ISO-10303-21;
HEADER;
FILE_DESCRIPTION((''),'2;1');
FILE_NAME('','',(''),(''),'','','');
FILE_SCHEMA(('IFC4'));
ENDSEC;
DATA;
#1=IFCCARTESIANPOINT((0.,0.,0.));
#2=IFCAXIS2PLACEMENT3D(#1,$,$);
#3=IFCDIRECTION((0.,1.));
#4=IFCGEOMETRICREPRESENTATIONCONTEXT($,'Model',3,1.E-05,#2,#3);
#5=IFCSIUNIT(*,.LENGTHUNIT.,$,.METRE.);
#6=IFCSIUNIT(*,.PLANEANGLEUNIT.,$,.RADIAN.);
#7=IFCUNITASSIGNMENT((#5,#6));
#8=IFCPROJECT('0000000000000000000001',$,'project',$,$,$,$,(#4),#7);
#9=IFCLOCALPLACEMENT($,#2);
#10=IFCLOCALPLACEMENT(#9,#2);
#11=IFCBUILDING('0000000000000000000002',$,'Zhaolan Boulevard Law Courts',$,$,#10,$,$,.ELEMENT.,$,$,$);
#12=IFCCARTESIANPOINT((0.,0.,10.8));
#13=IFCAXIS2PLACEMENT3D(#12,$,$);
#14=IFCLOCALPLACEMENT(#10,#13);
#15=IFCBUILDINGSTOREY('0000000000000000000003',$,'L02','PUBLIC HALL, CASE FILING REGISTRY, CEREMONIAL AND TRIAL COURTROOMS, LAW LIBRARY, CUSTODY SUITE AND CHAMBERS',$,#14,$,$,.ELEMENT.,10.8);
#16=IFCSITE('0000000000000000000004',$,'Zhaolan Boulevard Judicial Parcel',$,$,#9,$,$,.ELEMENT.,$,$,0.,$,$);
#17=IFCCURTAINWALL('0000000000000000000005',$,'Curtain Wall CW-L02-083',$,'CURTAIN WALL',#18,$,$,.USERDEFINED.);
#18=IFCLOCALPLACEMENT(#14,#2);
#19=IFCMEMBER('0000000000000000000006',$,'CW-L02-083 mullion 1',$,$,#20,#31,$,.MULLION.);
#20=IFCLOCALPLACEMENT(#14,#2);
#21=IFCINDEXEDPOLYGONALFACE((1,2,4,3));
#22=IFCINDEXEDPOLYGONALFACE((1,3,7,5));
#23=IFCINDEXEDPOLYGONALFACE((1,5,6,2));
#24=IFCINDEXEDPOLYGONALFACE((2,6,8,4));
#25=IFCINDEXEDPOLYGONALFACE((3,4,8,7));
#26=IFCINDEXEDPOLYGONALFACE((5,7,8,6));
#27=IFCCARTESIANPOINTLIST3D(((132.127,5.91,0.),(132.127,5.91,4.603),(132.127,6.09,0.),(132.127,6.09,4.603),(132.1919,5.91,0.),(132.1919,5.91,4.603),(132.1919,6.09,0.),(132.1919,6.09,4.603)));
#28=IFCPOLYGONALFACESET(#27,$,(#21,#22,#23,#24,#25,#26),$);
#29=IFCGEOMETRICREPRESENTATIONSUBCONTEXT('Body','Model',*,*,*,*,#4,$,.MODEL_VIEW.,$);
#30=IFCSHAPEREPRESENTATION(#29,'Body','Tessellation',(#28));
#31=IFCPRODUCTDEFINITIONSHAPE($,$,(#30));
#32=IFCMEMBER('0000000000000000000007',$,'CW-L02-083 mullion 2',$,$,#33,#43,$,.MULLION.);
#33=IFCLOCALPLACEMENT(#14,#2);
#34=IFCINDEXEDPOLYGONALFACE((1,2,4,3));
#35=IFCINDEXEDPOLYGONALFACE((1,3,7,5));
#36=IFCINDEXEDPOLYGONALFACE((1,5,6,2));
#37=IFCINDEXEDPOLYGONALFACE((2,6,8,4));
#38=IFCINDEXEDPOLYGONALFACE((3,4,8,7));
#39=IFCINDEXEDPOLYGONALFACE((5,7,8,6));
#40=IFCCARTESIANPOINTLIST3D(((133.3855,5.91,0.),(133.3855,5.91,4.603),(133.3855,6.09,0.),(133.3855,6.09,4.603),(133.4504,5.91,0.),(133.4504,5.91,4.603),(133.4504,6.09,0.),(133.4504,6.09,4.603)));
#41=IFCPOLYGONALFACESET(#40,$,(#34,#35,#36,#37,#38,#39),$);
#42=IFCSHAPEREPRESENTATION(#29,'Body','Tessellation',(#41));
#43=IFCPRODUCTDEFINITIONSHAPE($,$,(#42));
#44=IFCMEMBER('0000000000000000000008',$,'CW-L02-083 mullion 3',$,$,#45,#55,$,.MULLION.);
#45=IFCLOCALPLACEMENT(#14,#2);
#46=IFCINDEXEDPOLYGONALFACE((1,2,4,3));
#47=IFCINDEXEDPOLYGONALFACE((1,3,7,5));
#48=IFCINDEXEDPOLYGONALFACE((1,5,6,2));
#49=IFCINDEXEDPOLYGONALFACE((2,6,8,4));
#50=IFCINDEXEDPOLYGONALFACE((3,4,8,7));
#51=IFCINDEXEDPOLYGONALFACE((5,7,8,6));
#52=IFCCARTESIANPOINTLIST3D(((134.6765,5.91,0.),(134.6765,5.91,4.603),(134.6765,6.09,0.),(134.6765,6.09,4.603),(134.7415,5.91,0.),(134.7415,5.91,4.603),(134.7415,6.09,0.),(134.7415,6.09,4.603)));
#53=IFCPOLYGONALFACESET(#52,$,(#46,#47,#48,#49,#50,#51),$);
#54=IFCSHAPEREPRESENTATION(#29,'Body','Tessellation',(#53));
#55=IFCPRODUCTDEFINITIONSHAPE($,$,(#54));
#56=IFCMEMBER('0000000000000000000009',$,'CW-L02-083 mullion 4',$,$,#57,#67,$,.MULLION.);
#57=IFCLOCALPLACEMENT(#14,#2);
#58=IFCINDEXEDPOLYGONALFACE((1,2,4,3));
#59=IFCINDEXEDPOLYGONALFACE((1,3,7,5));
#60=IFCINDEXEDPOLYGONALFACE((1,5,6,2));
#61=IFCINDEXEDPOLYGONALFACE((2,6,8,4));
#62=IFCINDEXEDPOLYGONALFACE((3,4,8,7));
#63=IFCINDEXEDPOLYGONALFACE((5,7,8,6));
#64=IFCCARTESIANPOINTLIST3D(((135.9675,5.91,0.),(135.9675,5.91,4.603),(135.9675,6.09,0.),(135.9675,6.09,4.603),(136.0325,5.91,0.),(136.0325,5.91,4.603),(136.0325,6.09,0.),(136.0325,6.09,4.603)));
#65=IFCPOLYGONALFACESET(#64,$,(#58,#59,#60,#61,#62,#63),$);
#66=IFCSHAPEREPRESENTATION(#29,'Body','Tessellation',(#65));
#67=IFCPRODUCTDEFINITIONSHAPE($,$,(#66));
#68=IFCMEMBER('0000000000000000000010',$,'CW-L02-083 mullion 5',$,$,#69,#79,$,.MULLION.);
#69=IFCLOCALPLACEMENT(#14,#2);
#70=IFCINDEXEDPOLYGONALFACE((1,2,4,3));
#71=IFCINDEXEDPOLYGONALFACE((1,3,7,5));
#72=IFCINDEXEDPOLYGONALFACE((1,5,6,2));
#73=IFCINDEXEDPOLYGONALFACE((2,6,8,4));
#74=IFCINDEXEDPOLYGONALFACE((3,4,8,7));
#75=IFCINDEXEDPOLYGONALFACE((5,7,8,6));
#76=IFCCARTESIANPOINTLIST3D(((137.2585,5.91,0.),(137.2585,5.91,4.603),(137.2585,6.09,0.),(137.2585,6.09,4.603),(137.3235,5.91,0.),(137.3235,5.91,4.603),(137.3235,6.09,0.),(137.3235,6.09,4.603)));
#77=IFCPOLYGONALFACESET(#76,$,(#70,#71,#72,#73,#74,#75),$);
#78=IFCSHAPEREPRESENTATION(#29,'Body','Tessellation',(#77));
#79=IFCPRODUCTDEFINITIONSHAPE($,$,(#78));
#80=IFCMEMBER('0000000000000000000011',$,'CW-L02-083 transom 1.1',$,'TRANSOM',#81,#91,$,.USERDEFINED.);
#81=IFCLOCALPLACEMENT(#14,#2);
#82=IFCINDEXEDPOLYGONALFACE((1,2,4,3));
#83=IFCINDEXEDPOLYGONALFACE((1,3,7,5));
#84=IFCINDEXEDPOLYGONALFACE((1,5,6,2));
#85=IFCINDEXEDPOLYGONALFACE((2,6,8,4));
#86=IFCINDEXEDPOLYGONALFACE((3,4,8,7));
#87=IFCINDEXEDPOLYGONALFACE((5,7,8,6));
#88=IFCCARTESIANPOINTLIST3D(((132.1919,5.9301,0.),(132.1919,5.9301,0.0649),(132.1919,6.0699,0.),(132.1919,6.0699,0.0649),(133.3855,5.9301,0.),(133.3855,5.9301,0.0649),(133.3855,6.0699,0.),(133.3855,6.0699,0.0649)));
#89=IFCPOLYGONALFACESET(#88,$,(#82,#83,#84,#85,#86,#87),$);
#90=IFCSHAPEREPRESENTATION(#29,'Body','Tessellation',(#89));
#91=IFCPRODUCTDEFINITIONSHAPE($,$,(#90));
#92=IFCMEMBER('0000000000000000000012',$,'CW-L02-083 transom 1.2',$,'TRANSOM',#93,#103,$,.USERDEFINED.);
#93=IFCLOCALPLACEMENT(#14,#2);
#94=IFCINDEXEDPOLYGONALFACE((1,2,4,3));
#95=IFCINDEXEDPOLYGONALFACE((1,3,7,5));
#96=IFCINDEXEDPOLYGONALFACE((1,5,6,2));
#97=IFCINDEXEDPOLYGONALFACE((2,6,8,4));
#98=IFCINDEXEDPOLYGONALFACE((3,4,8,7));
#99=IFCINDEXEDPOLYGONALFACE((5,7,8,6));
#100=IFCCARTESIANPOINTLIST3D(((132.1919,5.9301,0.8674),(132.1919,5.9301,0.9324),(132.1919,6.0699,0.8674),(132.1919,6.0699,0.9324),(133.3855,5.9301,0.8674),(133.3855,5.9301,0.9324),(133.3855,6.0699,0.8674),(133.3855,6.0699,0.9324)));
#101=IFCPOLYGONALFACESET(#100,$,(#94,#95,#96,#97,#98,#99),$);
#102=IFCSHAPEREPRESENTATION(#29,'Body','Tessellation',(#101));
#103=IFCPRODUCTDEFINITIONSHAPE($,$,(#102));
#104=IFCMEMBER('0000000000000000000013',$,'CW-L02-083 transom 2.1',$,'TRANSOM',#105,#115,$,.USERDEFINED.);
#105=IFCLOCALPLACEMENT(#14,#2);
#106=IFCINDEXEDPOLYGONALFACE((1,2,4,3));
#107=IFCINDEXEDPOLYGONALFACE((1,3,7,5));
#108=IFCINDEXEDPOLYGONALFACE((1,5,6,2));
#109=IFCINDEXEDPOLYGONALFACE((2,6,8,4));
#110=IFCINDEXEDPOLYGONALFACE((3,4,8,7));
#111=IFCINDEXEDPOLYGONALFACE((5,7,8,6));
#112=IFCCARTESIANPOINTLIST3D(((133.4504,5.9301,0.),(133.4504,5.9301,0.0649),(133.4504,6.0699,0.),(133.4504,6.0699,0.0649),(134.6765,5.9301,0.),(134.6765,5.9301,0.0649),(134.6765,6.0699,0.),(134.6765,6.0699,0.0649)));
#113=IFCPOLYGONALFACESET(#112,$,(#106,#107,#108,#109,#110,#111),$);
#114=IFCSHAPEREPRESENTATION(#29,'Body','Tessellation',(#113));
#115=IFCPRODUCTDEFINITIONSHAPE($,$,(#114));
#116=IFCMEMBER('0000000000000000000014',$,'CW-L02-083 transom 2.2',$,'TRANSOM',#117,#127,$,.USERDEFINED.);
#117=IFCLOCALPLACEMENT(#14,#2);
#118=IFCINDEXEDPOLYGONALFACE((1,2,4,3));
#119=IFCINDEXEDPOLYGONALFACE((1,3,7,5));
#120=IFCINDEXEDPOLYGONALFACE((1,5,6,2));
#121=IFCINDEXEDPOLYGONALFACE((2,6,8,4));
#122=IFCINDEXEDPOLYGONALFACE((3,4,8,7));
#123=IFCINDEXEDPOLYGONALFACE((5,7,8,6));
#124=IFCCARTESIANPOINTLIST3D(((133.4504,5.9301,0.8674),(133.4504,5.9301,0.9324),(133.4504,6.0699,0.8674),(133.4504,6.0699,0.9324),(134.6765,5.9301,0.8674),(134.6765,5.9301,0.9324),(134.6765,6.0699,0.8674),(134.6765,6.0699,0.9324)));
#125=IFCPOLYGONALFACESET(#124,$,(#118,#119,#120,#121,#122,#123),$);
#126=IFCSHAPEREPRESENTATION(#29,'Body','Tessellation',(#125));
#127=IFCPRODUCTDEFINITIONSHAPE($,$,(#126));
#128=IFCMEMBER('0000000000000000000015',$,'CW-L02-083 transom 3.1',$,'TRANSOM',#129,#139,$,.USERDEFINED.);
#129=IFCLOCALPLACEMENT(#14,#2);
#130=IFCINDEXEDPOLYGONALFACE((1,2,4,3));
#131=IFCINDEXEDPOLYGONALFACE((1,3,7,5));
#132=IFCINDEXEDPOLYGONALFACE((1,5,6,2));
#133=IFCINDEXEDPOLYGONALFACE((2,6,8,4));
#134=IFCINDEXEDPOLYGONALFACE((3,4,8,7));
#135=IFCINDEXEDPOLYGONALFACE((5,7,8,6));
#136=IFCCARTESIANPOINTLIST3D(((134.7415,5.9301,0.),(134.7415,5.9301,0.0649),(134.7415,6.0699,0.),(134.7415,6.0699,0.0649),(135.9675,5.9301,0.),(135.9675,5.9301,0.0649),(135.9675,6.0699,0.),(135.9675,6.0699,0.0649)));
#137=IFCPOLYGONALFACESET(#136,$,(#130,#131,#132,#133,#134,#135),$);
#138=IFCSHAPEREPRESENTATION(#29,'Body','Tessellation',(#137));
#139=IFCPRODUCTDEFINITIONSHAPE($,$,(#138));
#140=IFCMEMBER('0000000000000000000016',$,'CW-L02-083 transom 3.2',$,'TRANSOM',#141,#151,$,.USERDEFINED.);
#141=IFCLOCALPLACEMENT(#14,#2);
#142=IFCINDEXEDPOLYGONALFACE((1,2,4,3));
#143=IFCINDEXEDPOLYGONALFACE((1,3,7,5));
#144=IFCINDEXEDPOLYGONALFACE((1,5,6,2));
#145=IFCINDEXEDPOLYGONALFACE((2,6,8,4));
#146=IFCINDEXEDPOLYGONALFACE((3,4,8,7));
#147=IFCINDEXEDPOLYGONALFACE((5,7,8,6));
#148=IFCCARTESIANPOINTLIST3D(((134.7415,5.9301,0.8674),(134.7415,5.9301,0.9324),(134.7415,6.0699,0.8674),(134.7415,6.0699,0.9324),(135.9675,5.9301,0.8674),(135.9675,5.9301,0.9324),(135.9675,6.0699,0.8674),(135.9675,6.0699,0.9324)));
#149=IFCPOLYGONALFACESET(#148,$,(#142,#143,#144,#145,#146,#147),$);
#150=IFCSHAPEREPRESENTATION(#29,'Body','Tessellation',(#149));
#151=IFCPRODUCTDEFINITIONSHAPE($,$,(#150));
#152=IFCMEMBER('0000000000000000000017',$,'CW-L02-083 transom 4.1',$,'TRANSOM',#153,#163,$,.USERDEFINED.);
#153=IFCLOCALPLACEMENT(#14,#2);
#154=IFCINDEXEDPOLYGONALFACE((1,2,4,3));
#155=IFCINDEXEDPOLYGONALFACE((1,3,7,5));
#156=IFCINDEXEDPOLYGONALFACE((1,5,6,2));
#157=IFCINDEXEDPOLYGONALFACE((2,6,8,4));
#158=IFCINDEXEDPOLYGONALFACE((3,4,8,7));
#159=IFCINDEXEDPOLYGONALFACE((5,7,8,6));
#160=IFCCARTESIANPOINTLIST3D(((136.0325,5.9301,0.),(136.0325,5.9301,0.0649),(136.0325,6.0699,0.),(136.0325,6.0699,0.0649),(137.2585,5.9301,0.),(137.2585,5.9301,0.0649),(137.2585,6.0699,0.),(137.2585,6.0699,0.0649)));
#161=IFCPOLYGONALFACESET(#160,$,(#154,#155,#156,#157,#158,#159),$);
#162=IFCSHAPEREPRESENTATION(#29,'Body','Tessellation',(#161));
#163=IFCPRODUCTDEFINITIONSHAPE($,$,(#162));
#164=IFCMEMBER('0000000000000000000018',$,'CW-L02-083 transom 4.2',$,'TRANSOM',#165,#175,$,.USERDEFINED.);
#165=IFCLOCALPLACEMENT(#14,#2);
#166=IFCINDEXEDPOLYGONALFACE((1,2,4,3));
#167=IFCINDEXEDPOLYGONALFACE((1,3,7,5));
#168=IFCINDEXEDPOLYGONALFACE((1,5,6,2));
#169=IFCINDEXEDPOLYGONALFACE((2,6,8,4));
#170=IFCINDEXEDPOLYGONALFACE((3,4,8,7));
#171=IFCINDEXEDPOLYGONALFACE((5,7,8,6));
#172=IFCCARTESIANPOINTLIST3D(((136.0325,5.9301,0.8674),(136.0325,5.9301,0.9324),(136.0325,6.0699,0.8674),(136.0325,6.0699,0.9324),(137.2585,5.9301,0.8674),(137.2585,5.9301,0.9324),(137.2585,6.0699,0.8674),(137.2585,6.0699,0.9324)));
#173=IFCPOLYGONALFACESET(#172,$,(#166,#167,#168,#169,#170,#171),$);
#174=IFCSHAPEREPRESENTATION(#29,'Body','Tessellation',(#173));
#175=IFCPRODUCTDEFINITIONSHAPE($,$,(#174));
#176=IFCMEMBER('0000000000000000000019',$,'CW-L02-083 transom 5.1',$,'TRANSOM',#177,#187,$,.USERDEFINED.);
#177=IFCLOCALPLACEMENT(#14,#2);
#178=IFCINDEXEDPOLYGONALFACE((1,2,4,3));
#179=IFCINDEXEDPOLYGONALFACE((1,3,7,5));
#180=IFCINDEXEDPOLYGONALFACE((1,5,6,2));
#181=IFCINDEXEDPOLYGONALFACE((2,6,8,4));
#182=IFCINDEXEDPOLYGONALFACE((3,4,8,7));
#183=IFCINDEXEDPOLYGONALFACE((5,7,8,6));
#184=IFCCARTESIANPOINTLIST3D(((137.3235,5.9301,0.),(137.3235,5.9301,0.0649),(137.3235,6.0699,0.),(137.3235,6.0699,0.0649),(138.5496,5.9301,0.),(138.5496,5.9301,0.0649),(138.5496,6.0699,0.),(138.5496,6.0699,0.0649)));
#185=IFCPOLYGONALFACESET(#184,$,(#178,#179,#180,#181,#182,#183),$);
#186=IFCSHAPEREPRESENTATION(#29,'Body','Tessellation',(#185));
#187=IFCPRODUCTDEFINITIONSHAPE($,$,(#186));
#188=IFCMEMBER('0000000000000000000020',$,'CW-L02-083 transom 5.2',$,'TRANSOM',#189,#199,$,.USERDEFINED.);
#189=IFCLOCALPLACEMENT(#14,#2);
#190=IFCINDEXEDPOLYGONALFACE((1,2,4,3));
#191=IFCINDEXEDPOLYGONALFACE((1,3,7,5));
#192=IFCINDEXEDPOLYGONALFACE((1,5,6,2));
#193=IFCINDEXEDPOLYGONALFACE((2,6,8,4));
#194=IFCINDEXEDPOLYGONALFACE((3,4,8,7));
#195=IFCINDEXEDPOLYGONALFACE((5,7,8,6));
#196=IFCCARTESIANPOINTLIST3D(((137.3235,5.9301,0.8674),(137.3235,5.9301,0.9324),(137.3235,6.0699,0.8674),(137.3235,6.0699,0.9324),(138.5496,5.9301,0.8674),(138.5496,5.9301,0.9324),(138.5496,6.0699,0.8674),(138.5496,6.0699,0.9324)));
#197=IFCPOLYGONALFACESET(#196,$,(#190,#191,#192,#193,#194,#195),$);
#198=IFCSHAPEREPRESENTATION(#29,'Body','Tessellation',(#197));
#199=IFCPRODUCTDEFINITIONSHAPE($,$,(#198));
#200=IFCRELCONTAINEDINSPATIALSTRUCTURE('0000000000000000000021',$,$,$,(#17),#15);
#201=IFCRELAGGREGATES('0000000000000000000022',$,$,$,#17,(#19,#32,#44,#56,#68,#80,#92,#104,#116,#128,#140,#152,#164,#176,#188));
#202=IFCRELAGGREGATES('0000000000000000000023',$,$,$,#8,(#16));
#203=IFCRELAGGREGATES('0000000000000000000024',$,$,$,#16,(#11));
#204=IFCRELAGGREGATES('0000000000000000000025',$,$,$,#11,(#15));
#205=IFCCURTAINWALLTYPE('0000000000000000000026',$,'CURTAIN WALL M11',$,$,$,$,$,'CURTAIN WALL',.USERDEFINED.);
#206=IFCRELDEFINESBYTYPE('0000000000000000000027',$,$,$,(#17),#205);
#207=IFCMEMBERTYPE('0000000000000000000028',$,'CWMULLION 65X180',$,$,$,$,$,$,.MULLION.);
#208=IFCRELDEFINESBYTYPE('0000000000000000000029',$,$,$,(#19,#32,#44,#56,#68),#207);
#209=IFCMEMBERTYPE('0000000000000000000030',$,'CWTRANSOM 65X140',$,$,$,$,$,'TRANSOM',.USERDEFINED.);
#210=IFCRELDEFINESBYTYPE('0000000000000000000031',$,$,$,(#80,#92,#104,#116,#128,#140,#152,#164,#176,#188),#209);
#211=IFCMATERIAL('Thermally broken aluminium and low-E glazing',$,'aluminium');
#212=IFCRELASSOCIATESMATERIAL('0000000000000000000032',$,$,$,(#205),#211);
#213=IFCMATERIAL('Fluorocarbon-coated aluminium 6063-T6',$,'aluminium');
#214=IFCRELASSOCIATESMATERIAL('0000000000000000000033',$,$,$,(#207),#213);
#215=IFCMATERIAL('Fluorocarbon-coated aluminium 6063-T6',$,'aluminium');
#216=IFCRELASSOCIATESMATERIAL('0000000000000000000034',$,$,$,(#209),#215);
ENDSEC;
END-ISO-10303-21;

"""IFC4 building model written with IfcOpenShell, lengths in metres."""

from ifc_helpers import new_model, si_unit, direction, frame, origin, origin_2d, place, context, subcontext, project, spatial, rectangle, extrude, material, material_profile, profile_set, type_object, element, aggregate, save


model = new_model("IFC4")

# Units and contexts
model_context = context("Model", 3, precision=1e-05, world=origin(), true_north=direction((0.0, 1.0)))
body_context = subcontext(model_context, "Body", "Model", "MODEL_VIEW")
ifc_project = project(units=[si_unit("LENGTHUNIT", "METRE"), si_unit("PLANEANGLEUNIT", "RADIAN")], contexts=[model_context])

# Site, building, storey
site_placement = place(None, origin())
site = spatial("IfcSite", under=ifc_project, at=site_placement, Name="Zhaolan Boulevard Judicial Parcel", CompositionType="ELEMENT", RefElevation=0.0)
building_placement = place(site_placement, origin())
building = spatial("IfcBuilding", under=site, at=building_placement, Name="Zhaolan Boulevard Law Courts", CompositionType="ELEMENT")
storey_placement = place(building_placement, frame((0.0, 0.0, 10.8)))
storey = spatial("IfcBuildingStorey", under=building, at=storey_placement, Name="L02", Description="PUBLIC HALL, CASE FILING REGISTRY, CEREMONIAL AND TRIAL COURTROOMS, LAW LIBRARY, CUSTODY SUITE AND CHAMBERS", CompositionType="ELEMENT", Elevation=10.8)

# Curtain wall, members
ifc_material_1 = material(Name="Thermally broken aluminium and low-E glazing", Category="aluminium")
curtain_wall_type = type_object("IfcCurtainWallType", Name="CURTAIN WALL M11", ElementType="CURTAIN WALL", PredefinedType="USERDEFINED", material=ifc_material_1)
curtain_wall_placement = place(storey_placement, origin())
curtain_wall = element("IfcCurtainWall", 1, at=curtain_wall_placement, inside=storey, type_object=curtain_wall_type, Name="Curtain Wall CW-L02-083", ObjectType="CURTAIN WALL", PredefinedType="USERDEFINED")
ifc_material_2 = material(Name="Fluorocarbon-coated aluminium 6063-T6", Category="aluminium")
ifc_material_profile_1 = material_profile(ifc_material_2, rectangle(XDim=0.1799, YDim=0.0649, at=origin_2d()), Name="AL65x180")
ifc_profile_set_1 = profile_set([ifc_material_profile_1], Name="Fluorocarbon-coated aluminium 6063-T6")
member_type_1 = type_object("IfcMemberType", Name="CWMULLION 65X180", PredefinedType="MULLION", material=ifc_profile_set_1)
member_1_placement = place(storey_placement, frame((132.1594, 6.0, 0.0), z_axis=(0.0, 0.0, 1.0), x_axis=(0.0, 1.0, 0.0)))
member_1 = element("IfcMember", 2, at=member_1_placement, type_object=member_type_1, Name="CW-L02-083 mullion 1", PredefinedType="MULLION", context=body_context, shape_type="SweptSolid", body=[
    extrude(rectangle(XDim=0.1799, YDim=0.0649, at=origin_2d()), origin(), (0.0, 0.0, 1.0), 4.603),
])
member_2_placement = place(storey_placement, frame((133.418, 6.0, 0.0), z_axis=(0.0, 0.0, 1.0), x_axis=(0.0, 1.0, 0.0)))
member_2 = element("IfcMember", 3, at=member_2_placement, type_object=member_type_1, Name="CW-L02-083 mullion 2", PredefinedType="MULLION", context=body_context, shape_type="SweptSolid", body=[
    extrude(rectangle(XDim=0.1799, YDim=0.0649, at=origin_2d()), origin(), (0.0, 0.0, 1.0), 4.603),
])
member_3_placement = place(storey_placement, frame((134.709, 6.0, 0.0), z_axis=(0.0, 0.0, 1.0), x_axis=(0.0, 1.0, 0.0)))
member_3 = element("IfcMember", 4, at=member_3_placement, type_object=member_type_1, Name="CW-L02-083 mullion 3", PredefinedType="MULLION", context=body_context, shape_type="SweptSolid", body=[
    extrude(rectangle(XDim=0.1799, YDim=0.0649, at=origin_2d()), origin(), (0.0, 0.0, 1.0), 4.603),
])
member_4_placement = place(storey_placement, frame((136.0, 6.0, 0.0), z_axis=(0.0, 0.0, 1.0), x_axis=(0.0, 1.0, 0.0)))
member_4 = element("IfcMember", 5, at=member_4_placement, type_object=member_type_1, Name="CW-L02-083 mullion 4", PredefinedType="MULLION", context=body_context, shape_type="SweptSolid", body=[
    extrude(rectangle(XDim=0.1799, YDim=0.0649, at=origin_2d()), origin(), (0.0, 0.0, 1.0), 4.603),
])
member_5_placement = place(storey_placement, frame((137.291, 6.0, 0.0), z_axis=(0.0, 0.0, 1.0), x_axis=(0.0, 1.0, 0.0)))
member_5 = element("IfcMember", 6, at=member_5_placement, type_object=member_type_1, Name="CW-L02-083 mullion 5", PredefinedType="MULLION", context=body_context, shape_type="SweptSolid", body=[
    extrude(rectangle(XDim=0.1799, YDim=0.0649, at=origin_2d()), origin(), (0.0, 0.0, 1.0), 4.603),
])
ifc_material_3 = material(Name="Fluorocarbon-coated aluminium 6063-T6", Category="aluminium")
ifc_material_profile_2 = material_profile(ifc_material_3, rectangle(XDim=0.1399, YDim=0.0649, at=origin_2d()), Name="AL65x140")
ifc_profile_set_2 = profile_set([ifc_material_profile_2], Name="Fluorocarbon-coated aluminium 6063-T6")
member_type_2 = type_object("IfcMemberType", Name="CWTRANSOM 65X140", ElementType="TRANSOM", PredefinedType="USERDEFINED", material=ifc_profile_set_2)
member_6_placement = place(storey_placement, frame((132.1919, 6.0, 0.0325), z_axis=(1.0, 0.0, 0.0), x_axis=(0.0, 1.0, 0.0)))
member_6 = element("IfcMember", 7, at=member_6_placement, type_object=member_type_2, Name="CW-L02-083 transom 1.1", ObjectType="TRANSOM", PredefinedType="USERDEFINED", context=body_context, shape_type="SweptSolid", body=[
    extrude(rectangle(XDim=0.1399, YDim=0.0649, at=origin_2d()), origin(), (0.0, 0.0, 1.0), 1.1936),
])
member_7_placement = place(storey_placement, frame((132.1919, 6.0, 0.8999), z_axis=(1.0, 0.0, 0.0), x_axis=(0.0, 1.0, 0.0)))
member_7 = element("IfcMember", 8, at=member_7_placement, type_object=member_type_2, Name="CW-L02-083 transom 1.2", ObjectType="TRANSOM", PredefinedType="USERDEFINED", context=body_context, shape_type="SweptSolid", body=[
    extrude(rectangle(XDim=0.1399, YDim=0.0649, at=origin_2d()), origin(), (0.0, 0.0, 1.0), 1.1936),
])
member_8_placement = place(storey_placement, frame((133.4504, 6.0, 0.0325), z_axis=(1.0, 0.0, 0.0), x_axis=(0.0, 1.0, 0.0)))
member_8 = element("IfcMember", 9, at=member_8_placement, type_object=member_type_2, Name="CW-L02-083 transom 2.1", ObjectType="TRANSOM", PredefinedType="USERDEFINED", context=body_context, shape_type="SweptSolid", body=[
    extrude(rectangle(XDim=0.1399, YDim=0.0649, at=origin_2d()), origin(), (0.0, 0.0, 1.0), 1.2261),
])
member_9_placement = place(storey_placement, frame((133.4504, 6.0, 0.8999), z_axis=(1.0, 0.0, 0.0), x_axis=(0.0, 1.0, 0.0)))
member_9 = element("IfcMember", 10, at=member_9_placement, type_object=member_type_2, Name="CW-L02-083 transom 2.2", ObjectType="TRANSOM", PredefinedType="USERDEFINED", context=body_context, shape_type="SweptSolid", body=[
    extrude(rectangle(XDim=0.1399, YDim=0.0649, at=origin_2d()), origin(), (0.0, 0.0, 1.0), 1.2261),
])
member_10_placement = place(storey_placement, frame((134.7415, 6.0, 0.0325), z_axis=(1.0, 0.0, 0.0), x_axis=(0.0, 1.0, 0.0)))
member_10 = element("IfcMember", 11, at=member_10_placement, type_object=member_type_2, Name="CW-L02-083 transom 3.1", ObjectType="TRANSOM", PredefinedType="USERDEFINED", context=body_context, shape_type="SweptSolid", body=[
    extrude(rectangle(XDim=0.1399, YDim=0.0649, at=origin_2d()), origin(), (0.0, 0.0, 1.0), 1.2261),
])
member_11_placement = place(storey_placement, frame((134.7415, 6.0, 0.8999), z_axis=(1.0, 0.0, 0.0), x_axis=(0.0, 1.0, 0.0)))
member_11 = element("IfcMember", 12, at=member_11_placement, type_object=member_type_2, Name="CW-L02-083 transom 3.2", ObjectType="TRANSOM", PredefinedType="USERDEFINED", context=body_context, shape_type="SweptSolid", body=[
    extrude(rectangle(XDim=0.1399, YDim=0.0649, at=origin_2d()), origin(), (0.0, 0.0, 1.0), 1.2261),
])
member_12_placement = place(storey_placement, frame((136.0325, 6.0, 0.0325), z_axis=(1.0, 0.0, 0.0), x_axis=(0.0, 1.0, 0.0)))
member_12 = element("IfcMember", 13, at=member_12_placement, type_object=member_type_2, Name="CW-L02-083 transom 4.1", ObjectType="TRANSOM", PredefinedType="USERDEFINED", context=body_context, shape_type="SweptSolid", body=[
    extrude(rectangle(XDim=0.1399, YDim=0.0649, at=origin_2d()), origin(), (0.0, 0.0, 1.0), 1.2261),
])
member_13_placement = place(storey_placement, frame((136.0325, 6.0, 0.8999), z_axis=(1.0, 0.0, 0.0), x_axis=(0.0, 1.0, 0.0)))
member_13 = element("IfcMember", 14, at=member_13_placement, type_object=member_type_2, Name="CW-L02-083 transom 4.2", ObjectType="TRANSOM", PredefinedType="USERDEFINED", context=body_context, shape_type="SweptSolid", body=[
    extrude(rectangle(XDim=0.1399, YDim=0.0649, at=origin_2d()), origin(), (0.0, 0.0, 1.0), 1.2261),
])
member_14_placement = place(storey_placement, frame((137.3235, 6.0, 0.0325), z_axis=(1.0, 0.0, 0.0), x_axis=(0.0, 1.0, 0.0)))
member_14 = element("IfcMember", 15, at=member_14_placement, type_object=member_type_2, Name="CW-L02-083 transom 5.1", ObjectType="TRANSOM", PredefinedType="USERDEFINED", context=body_context, shape_type="SweptSolid", body=[
    extrude(rectangle(XDim=0.1399, YDim=0.0649, at=origin_2d()), origin(), (0.0, 0.0, 1.0), 1.2261),
])
member_15_placement = place(storey_placement, frame((137.3235, 6.0, 0.8999), z_axis=(1.0, 0.0, 0.0), x_axis=(0.0, 1.0, 0.0)))
member_15 = element("IfcMember", 16, at=member_15_placement, type_object=member_type_2, Name="CW-L02-083 transom 5.2", ObjectType="TRANSOM", PredefinedType="USERDEFINED", context=body_context, shape_type="SweptSolid", body=[
    extrude(rectangle(XDim=0.1399, YDim=0.0649, at=origin_2d()), origin(), (0.0, 0.0, 1.0), 1.2261),
])
aggregate(curtain_wall, [member_1, member_2, member_3, member_4, member_5, member_6, member_7, member_8, member_9, member_10, member_11, member_12, member_13, member_14, member_15])

save(model, "model.ifc")
